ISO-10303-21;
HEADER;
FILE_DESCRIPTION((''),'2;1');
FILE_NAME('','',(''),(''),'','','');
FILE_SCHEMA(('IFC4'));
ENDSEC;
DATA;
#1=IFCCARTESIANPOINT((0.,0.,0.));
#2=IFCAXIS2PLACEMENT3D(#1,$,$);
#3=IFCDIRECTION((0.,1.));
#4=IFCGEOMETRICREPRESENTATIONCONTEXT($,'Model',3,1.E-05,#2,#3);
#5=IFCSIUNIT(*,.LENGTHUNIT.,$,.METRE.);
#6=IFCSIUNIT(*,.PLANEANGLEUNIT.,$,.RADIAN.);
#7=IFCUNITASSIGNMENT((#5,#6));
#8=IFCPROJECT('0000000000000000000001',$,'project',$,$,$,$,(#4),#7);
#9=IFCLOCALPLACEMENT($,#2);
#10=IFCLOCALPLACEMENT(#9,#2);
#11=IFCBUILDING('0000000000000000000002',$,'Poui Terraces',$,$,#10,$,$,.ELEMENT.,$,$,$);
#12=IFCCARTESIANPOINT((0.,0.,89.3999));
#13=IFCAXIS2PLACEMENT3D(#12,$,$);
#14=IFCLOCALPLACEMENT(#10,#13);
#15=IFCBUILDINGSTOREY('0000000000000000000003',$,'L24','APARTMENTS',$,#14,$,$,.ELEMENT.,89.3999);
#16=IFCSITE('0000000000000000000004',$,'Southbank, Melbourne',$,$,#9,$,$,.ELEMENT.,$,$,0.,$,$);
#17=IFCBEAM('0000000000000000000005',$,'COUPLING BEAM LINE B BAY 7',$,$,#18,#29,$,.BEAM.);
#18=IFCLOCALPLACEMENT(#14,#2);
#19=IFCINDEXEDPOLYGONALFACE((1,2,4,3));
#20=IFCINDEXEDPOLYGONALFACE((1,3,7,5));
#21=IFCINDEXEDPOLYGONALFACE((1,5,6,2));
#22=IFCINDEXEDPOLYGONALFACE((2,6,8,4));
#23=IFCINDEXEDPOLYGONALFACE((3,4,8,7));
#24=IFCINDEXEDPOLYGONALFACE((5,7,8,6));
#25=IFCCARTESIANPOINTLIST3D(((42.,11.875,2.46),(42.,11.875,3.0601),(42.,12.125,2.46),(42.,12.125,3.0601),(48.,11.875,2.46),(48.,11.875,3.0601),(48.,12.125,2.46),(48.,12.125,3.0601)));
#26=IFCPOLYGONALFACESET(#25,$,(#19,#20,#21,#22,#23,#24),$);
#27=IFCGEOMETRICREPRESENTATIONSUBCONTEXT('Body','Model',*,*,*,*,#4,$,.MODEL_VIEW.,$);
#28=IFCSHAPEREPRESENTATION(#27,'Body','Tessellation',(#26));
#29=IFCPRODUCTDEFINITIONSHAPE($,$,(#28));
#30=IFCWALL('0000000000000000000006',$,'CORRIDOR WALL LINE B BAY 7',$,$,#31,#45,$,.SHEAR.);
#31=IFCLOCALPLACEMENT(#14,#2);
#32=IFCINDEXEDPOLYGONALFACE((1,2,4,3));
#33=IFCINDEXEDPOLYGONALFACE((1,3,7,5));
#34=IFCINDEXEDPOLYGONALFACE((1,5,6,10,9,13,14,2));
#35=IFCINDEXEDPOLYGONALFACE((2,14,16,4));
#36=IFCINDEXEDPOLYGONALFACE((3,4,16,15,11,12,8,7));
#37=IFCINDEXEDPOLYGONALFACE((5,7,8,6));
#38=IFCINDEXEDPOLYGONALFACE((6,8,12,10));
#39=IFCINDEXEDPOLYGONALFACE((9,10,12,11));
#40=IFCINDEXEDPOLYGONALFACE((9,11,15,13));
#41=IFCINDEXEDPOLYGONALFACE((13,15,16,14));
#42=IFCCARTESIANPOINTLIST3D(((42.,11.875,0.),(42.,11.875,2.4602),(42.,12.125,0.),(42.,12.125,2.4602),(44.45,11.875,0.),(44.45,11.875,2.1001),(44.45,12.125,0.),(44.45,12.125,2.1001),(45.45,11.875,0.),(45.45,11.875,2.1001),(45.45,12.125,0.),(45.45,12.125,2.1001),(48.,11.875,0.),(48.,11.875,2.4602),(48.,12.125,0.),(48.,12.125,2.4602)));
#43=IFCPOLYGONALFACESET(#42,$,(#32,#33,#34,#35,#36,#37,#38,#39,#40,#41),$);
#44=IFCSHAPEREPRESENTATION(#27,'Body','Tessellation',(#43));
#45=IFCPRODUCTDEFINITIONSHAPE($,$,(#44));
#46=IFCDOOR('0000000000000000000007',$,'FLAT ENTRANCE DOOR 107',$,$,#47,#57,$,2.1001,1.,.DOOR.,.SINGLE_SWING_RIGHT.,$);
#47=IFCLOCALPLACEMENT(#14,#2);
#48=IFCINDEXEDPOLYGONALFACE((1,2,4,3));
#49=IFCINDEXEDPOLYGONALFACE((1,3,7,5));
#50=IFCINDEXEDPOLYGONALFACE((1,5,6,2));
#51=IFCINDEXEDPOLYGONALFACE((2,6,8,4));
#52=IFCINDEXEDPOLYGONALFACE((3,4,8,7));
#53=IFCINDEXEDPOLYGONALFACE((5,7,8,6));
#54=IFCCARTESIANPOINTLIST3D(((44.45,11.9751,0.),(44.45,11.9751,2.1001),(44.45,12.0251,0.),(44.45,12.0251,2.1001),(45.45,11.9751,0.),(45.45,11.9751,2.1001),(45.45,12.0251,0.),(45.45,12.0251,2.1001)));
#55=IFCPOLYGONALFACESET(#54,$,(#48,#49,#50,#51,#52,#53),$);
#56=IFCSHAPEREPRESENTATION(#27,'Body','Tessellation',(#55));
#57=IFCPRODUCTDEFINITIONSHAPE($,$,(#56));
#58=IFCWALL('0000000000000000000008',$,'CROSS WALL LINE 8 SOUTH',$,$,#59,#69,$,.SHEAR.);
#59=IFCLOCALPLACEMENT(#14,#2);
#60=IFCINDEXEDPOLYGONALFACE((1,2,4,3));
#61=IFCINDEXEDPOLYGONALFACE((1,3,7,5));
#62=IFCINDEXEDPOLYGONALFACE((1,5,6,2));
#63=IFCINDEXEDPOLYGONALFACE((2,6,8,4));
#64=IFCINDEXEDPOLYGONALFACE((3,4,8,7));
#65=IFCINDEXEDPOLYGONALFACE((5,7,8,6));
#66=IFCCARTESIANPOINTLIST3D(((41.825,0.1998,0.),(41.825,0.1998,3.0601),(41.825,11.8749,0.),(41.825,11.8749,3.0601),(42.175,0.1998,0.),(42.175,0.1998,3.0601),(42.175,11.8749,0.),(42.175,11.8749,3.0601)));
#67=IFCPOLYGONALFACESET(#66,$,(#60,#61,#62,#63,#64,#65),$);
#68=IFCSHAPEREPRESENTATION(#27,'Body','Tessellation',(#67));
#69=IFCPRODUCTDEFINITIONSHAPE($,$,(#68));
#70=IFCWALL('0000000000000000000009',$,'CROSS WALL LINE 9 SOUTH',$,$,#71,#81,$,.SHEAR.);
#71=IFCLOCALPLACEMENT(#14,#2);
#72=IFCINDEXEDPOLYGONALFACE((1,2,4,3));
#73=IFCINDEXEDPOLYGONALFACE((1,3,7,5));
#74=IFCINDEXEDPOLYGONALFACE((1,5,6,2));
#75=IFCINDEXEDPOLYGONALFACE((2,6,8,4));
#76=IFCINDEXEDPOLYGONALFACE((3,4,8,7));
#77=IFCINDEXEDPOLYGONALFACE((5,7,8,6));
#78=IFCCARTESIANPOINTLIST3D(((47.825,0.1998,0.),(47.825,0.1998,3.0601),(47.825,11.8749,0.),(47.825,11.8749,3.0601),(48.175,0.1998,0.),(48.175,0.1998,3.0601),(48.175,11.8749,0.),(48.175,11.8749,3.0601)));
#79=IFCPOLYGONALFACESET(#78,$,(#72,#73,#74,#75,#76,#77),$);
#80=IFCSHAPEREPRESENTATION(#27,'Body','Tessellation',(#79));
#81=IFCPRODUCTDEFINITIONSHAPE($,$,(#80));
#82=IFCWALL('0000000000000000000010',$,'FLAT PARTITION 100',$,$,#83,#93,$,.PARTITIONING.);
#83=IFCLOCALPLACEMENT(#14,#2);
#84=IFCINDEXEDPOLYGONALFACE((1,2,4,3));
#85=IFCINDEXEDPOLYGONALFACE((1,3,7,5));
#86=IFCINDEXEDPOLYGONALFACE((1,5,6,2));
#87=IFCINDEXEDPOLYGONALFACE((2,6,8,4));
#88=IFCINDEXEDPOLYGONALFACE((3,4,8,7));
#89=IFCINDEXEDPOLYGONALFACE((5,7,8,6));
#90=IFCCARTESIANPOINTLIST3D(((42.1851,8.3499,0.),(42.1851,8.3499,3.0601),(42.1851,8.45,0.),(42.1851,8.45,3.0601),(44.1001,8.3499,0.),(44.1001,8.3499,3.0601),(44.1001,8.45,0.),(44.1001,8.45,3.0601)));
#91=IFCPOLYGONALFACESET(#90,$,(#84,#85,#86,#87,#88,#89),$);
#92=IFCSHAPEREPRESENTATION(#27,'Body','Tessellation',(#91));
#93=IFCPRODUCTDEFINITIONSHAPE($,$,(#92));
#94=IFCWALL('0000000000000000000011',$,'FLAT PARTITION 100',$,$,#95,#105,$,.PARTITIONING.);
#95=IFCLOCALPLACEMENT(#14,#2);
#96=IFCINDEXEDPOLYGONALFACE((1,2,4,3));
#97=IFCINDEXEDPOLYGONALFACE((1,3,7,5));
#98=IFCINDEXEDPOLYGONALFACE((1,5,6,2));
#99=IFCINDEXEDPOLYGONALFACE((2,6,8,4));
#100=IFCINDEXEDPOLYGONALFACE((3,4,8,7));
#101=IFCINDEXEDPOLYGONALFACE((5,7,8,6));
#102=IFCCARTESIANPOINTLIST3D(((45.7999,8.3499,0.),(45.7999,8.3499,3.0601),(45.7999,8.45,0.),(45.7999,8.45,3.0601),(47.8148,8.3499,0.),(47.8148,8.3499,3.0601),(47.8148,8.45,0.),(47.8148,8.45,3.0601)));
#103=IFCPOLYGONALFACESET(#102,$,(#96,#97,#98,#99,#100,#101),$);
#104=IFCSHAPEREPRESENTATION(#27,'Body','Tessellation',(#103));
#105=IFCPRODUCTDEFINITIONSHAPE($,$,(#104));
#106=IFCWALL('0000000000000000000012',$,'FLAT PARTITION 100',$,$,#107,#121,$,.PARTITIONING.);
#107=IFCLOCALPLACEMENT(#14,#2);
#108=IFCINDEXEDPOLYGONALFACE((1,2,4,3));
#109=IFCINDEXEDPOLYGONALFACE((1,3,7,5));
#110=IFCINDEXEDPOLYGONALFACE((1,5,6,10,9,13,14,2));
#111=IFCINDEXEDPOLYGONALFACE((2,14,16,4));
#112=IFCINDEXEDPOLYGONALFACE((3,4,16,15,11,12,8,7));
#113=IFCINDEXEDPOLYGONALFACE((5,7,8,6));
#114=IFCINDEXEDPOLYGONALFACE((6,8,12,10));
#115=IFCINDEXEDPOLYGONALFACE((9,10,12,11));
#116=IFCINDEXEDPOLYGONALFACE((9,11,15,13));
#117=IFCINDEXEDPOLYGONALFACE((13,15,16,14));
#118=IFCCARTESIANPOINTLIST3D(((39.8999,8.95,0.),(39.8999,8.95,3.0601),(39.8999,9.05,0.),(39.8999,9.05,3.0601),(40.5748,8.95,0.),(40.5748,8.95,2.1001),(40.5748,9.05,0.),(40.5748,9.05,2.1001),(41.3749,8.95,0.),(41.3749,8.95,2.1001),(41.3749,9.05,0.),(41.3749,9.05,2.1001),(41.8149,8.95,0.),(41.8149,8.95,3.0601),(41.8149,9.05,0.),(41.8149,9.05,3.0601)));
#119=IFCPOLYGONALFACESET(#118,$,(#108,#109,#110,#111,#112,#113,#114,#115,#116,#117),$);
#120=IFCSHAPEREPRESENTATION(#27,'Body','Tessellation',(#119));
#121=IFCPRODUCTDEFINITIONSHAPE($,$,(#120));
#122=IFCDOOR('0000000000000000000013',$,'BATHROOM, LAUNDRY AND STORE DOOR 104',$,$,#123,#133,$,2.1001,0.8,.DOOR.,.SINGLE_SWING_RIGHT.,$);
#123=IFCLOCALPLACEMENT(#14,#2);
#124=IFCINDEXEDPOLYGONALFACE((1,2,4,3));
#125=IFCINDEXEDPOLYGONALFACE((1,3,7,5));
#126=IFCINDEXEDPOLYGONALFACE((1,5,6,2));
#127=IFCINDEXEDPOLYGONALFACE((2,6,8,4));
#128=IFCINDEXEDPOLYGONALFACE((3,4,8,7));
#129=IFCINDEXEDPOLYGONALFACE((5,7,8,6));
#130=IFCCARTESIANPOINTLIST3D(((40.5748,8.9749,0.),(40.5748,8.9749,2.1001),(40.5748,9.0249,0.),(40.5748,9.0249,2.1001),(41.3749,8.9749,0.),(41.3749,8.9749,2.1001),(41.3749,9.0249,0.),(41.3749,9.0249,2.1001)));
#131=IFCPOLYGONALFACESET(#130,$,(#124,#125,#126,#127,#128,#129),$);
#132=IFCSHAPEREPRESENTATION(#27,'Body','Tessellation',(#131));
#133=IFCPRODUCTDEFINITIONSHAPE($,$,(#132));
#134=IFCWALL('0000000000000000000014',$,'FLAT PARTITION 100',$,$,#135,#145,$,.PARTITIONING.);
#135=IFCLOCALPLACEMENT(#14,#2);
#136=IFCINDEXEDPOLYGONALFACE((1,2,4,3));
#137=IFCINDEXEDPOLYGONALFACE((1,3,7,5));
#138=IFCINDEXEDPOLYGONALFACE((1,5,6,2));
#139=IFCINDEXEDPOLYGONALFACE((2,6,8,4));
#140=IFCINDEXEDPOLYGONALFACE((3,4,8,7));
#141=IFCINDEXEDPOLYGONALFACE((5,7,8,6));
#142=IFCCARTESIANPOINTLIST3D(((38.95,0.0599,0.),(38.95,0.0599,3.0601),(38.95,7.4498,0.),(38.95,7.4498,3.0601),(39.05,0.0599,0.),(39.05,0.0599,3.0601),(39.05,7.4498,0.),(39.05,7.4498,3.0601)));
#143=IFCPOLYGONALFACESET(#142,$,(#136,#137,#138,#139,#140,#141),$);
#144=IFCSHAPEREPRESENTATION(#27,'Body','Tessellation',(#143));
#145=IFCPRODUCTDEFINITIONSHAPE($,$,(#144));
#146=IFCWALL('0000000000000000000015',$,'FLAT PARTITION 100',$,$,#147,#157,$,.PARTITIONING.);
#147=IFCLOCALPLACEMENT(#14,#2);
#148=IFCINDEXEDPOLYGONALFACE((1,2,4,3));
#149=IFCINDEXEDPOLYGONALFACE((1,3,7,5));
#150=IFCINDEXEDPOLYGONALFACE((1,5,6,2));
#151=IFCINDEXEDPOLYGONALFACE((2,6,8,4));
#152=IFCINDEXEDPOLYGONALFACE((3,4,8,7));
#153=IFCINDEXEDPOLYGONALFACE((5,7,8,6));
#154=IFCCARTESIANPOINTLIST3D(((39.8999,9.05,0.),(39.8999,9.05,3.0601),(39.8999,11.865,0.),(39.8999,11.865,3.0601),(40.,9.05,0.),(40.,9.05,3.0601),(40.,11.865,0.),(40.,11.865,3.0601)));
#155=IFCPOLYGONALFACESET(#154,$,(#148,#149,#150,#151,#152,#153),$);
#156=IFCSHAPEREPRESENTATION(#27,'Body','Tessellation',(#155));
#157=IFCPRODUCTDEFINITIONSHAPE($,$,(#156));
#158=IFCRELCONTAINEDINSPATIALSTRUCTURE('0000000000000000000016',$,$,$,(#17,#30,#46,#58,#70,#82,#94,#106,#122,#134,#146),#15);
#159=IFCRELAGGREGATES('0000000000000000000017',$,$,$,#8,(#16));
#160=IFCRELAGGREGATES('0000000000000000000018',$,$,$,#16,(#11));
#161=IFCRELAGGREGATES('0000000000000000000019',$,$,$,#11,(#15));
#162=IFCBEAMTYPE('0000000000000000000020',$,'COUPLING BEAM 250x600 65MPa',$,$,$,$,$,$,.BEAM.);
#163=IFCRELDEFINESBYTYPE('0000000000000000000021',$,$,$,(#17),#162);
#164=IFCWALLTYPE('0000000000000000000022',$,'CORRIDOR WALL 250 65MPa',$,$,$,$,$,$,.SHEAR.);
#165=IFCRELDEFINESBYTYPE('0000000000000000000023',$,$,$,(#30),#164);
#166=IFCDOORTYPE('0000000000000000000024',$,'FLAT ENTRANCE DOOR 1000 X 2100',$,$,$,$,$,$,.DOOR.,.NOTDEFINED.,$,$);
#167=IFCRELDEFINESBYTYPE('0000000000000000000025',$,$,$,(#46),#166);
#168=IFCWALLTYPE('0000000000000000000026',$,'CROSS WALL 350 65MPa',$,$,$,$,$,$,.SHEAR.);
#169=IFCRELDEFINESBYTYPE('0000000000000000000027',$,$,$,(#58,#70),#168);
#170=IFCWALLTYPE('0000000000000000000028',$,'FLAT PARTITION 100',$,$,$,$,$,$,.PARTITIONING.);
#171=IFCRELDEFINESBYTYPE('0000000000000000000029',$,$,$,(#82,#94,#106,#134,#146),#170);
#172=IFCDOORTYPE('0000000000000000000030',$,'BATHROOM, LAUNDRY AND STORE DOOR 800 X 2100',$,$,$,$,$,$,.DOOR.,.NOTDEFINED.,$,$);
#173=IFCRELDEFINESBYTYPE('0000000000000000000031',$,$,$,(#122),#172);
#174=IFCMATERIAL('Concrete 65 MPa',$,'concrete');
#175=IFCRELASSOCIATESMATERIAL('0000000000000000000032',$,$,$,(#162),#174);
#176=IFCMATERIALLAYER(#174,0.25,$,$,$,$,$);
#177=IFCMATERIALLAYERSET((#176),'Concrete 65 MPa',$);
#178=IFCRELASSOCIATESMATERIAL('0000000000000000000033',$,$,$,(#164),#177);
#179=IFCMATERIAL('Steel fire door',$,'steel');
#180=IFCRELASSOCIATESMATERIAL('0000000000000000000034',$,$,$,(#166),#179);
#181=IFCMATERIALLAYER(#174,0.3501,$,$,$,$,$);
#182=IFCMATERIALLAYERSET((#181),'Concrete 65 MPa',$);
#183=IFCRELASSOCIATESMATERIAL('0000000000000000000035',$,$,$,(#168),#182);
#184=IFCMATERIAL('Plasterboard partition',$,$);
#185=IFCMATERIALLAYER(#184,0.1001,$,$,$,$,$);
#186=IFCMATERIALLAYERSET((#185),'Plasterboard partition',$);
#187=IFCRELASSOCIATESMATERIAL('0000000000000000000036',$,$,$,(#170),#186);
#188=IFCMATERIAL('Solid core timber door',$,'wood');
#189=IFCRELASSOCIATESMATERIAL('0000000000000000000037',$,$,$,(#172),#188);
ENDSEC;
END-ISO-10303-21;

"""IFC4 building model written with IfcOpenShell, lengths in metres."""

from ifc_helpers import new_model, si_unit, direction, frame, frame_2d, origin, origin_2d, place, context, subcontext, project, spatial, rectangle, extrude, source, transform, mapped, material, layer, layer_set, material_profile, profile_set, type_object, element, fill, save


model = new_model("IFC4")

# Units and contexts
model_context = context("Model", 3, precision=1e-05, world=origin(), true_north=direction((0.0, 1.0)))
body_context = subcontext(model_context, "Body", "Model", "MODEL_VIEW")
ifc_project = project(units=[si_unit("LENGTHUNIT", "METRE"), si_unit("PLANEANGLEUNIT", "RADIAN")], contexts=[model_context])

# Site, building, storey
site_placement = place(None, origin())
site = spatial("IfcSite", under=ifc_project, at=site_placement, Name="Southbank, Melbourne", CompositionType="ELEMENT", RefElevation=0.0)
building_placement = place(site_placement, origin())
building = spatial("IfcBuilding", under=site, at=building_placement, Name="Poui Terraces", CompositionType="ELEMENT")
storey_placement = place(building_placement, frame((0.0, 0.0, 89.3999)))
storey = spatial("IfcBuildingStorey", under=building, at=storey_placement, Name="L24", Description="APARTMENTS", CompositionType="ELEMENT", Elevation=89.3999)

# Beam
ifc_material_1 = material(Name="Concrete 65 MPa", Category="concrete")
ifc_material_profile = material_profile(ifc_material_1, rectangle(XDim=0.25, YDim=0.6001, at=origin_2d()), Name="RC 250x600")
ifc_profile_set = profile_set([ifc_material_profile], Name="Concrete 65 MPa")
beam_type = type_object("IfcBeamType", Name="COUPLING BEAM 250x600 65MPa", PredefinedType="BEAM", material=ifc_profile_set)
shared_shape_1 = source(origin(), body_context, "Body", "SweptSolid", [
    extrude(rectangle(XDim=0.25, YDim=0.6001, at=origin_2d()), origin(), (0.0, 0.0, 1.0), 6.0),
])
beam_placement = place(storey_placement, frame((42.0, 12.0, 2.76), z_axis=(1.0, 0.0, 0.0), x_axis=(0.0, 1.0, 0.0)))
element("IfcBeam", 1, at=beam_placement, inside=storey, type_object=beam_type, Name="COUPLING BEAM LINE B BAY 7", PredefinedType="BEAM", context=body_context, shape_type="MappedRepresentation", body=[
    mapped(shared_shape_1, transform((0.0, 0.0, 0.0))),
])

# Wall, opening, door
ifc_layer_1 = layer(ifc_material_1, 0.25)
ifc_layer_set_1 = layer_set([ifc_layer_1], Name="Concrete 65 MPa")
wall_type_1 = type_object("IfcWallType", Name="CORRIDOR WALL 250 65MPa", PredefinedType="SHEAR", material=ifc_layer_set_1)
wall_1_placement = place(storey_placement, frame((42.0, 12.0, 0.0), z_axis=(0.0, 0.0, 1.0), x_axis=(1.0, 0.0, 0.0)))
wall_1 = element("IfcWall", 2, at=wall_1_placement, inside=storey, type_object=wall_type_1, Name="CORRIDOR WALL LINE B BAY 7", PredefinedType="SHEAR", context=body_context, shape_type="SweptSolid", body=[
    extrude(rectangle(XDim=6.0, YDim=0.25, at=frame_2d((3.0, 0.0))), origin(), (0.0, 0.0, 1.0), 2.4602),
])
opening_1_placement = place(wall_1_placement, frame((2.45, 0.0, 0.0)))
opening_1 = element("IfcOpeningElement", 3, at=opening_1_placement, cuts=wall_1, PredefinedType="OPENING", context=body_context, shape_type="SweptSolid", body=[
    extrude(rectangle(XDim=1.0, YDim=2.1001, at=frame_2d((0.5, 1.05))), frame((0.0, 0.135, 0.0), z_axis=(0.0, -1.0, 0.0), x_axis=(1.0, 0.0, 0.0)), (0.0, 0.0, 1.0), 0.27),
])
ifc_material_2 = material(Name="Steel fire door", Category="steel")
door_type_1 = type_object("IfcDoorType", Name="FLAT ENTRANCE DOOR 1000 X 2100", OperationType="NOTDEFINED", PredefinedType="DOOR", material=ifc_material_2)
door_1_placement = place(opening_1_placement, frame((1.0, 0.0, 0.0), z_axis=(0.0, 0.0, 1.0), x_axis=(-1.0, 0.0, 0.0)))
door_1 = element("IfcDoor", 4, at=door_1_placement, inside=storey, type_object=door_type_1, Name="FLAT ENTRANCE DOOR 107", OperationType="SINGLE_SWING_RIGHT", OverallHeight=2.1001, OverallWidth=1.0, PredefinedType="DOOR", context=body_context, shape_type="SweptSolid", body=[
    extrude(rectangle(XDim=1.0, YDim=2.1001, at=frame_2d((0.5, 1.05))), frame((0.0, 0.0249, 0.0), z_axis=(0.0, -1.0, 0.0), x_axis=(1.0, 0.0, 0.0)), (0.0, 0.0, 1.0), 0.05),
])
fill(opening_1, door_1)

# Walls
ifc_layer_2 = layer(ifc_material_1, 0.3501)
ifc_layer_set_2 = layer_set([ifc_layer_2], Name="Concrete 65 MPa")
wall_type_2 = type_object("IfcWallType", Name="CROSS WALL 350 65MPa", PredefinedType="SHEAR", material=ifc_layer_set_2)
for number, where, z_axis, x_axis, name in (
    (5, (42.0, 0.2, 0.0), (0.0, 0.0, 1.0), (0.0, 1.0, 0.0), "CROSS WALL LINE 8 SOUTH"),
    (6, (48.0, 0.2, 0.0), (0.0, 0.0, 1.0), (0.0, 1.0, 0.0), "CROSS WALL LINE 9 SOUTH"),
):
    element("IfcWall", number, at=place(storey_placement, frame(where, z_axis=z_axis, x_axis=x_axis)), inside=storey, type_object=wall_type_2, Name=name, PredefinedType="SHEAR", context=body_context, shape_type="SweptSolid", body=[
        extrude(rectangle(XDim=11.675, YDim=0.3501, at=frame_2d((5.8374, 0.0))), origin(), (0.0, 0.0, 1.0), 3.0601),
    ])
ifc_material_3 = material(Name="Plasterboard partition")
ifc_layer_3 = layer(ifc_material_3, 0.1001)
ifc_layer_set_3 = layer_set([ifc_layer_3], Name="Plasterboard partition")
wall_type_3 = type_object("IfcWallType", Name="FLAT PARTITION 100", PredefinedType="PARTITIONING", material=ifc_layer_set_3)
wall_2_placement = place(storey_placement, frame((42.1851, 8.3999, 0.0), z_axis=(0.0, 0.0, 1.0), x_axis=(1.0, 0.0, 0.0)))
element("IfcWall", 7, at=wall_2_placement, inside=storey, type_object=wall_type_3, Name="FLAT PARTITION 100", PredefinedType="PARTITIONING", context=body_context, shape_type="SweptSolid", body=[
    extrude(rectangle(XDim=1.915, YDim=0.1001, at=frame_2d((0.9575, 0.0))), origin(), (0.0, 0.0, 1.0), 3.0601),
])
wall_3_placement = place(storey_placement, frame((45.8, 8.3999, 0.0), z_axis=(0.0, 0.0, 1.0), x_axis=(1.0, 0.0, 0.0)))
element("IfcWall", 8, at=wall_3_placement, inside=storey, type_object=wall_type_3, Name="FLAT PARTITION 100", PredefinedType="PARTITIONING", context=body_context, shape_type="SweptSolid", body=[
    extrude(rectangle(XDim=2.0149, YDim=0.1001, at=frame_2d((1.0073, 0.0))), origin(), (0.0, 0.0, 1.0), 3.0601),
])

# Wall, opening, door
wall_4_placement = place(storey_placement, frame((39.8999, 9.0, 0.0), z_axis=(0.0, 0.0, 1.0), x_axis=(1.0, 0.0, 0.0)))
wall_4 = element("IfcWall", 9, at=wall_4_placement, inside=storey, type_object=wall_type_3, Name="FLAT PARTITION 100", PredefinedType="PARTITIONING", context=body_context, shape_type="SweptSolid", body=[
    extrude(rectangle(XDim=1.915, YDim=0.1001, at=frame_2d((0.9575, 0.0))), origin(), (0.0, 0.0, 1.0), 3.0601),
])
opening_2_placement = place(wall_4_placement, frame((0.675, 0.0, 0.0)))
opening_2 = element("IfcOpeningElement", 10, at=opening_2_placement, cuts=wall_4, PredefinedType="OPENING", context=body_context, shape_type="SweptSolid", body=[
    extrude(rectangle(XDim=0.8, YDim=2.1001, at=frame_2d((0.3999, 1.05))), frame((0.0, 0.0601, 0.0), z_axis=(0.0, -1.0, 0.0), x_axis=(1.0, 0.0, 0.0)), (0.0, 0.0, 1.0), 0.1201),
])
ifc_material_4 = material(Name="Solid core timber door", Category="wood")
door_type_2 = type_object("IfcDoorType", Name="BATHROOM, LAUNDRY AND STORE DOOR 800 X 2100", OperationType="NOTDEFINED", PredefinedType="DOOR", material=ifc_material_4)
door_2_placement = place(opening_2_placement, origin())
door_2 = element("IfcDoor", 11, at=door_2_placement, inside=storey, type_object=door_type_2, Name="BATHROOM, LAUNDRY AND STORE DOOR 104", OperationType="SINGLE_SWING_RIGHT", OverallHeight=2.1001, OverallWidth=0.8, PredefinedType="DOOR", context=body_context, shape_type="SweptSolid", body=[
    extrude(rectangle(XDim=0.8, YDim=2.1001, at=frame_2d((0.3999, 1.05))), frame((0.0, 0.0249, 0.0), z_axis=(0.0, -1.0, 0.0), x_axis=(1.0, 0.0, 0.0)), (0.0, 0.0, 1.0), 0.05),
])
fill(opening_2, door_2)

# Walls
wall_5_placement = place(storey_placement, frame((39.0, 0.0601, 0.0), z_axis=(0.0, 0.0, 1.0), x_axis=(0.0, 1.0, 0.0)))
element("IfcWall", 12, at=wall_5_placement, inside=storey, type_object=wall_type_3, Name="FLAT PARTITION 100", PredefinedType="PARTITIONING", context=body_context, shape_type="SweptSolid", body=[
    extrude(rectangle(XDim=7.3899, YDim=0.1001, at=frame_2d((3.6948, 0.0))), origin(), (0.0, 0.0, 1.0), 3.0601),
])
wall_6_placement = place(storey_placement, frame((39.95, 9.05, 0.0), z_axis=(0.0, 0.0, 1.0), x_axis=(0.0, 1.0, 0.0)))
element("IfcWall", 13, at=wall_6_placement, inside=storey, type_object=wall_type_3, Name="FLAT PARTITION 100", PredefinedType="PARTITIONING", context=body_context, shape_type="SweptSolid", body=[
    extrude(rectangle(XDim=2.8149, YDim=0.1001, at=frame_2d((1.4075, 0.0))), origin(), (0.0, 0.0, 1.0), 3.0601),
])

save(model, "model.ifc")
